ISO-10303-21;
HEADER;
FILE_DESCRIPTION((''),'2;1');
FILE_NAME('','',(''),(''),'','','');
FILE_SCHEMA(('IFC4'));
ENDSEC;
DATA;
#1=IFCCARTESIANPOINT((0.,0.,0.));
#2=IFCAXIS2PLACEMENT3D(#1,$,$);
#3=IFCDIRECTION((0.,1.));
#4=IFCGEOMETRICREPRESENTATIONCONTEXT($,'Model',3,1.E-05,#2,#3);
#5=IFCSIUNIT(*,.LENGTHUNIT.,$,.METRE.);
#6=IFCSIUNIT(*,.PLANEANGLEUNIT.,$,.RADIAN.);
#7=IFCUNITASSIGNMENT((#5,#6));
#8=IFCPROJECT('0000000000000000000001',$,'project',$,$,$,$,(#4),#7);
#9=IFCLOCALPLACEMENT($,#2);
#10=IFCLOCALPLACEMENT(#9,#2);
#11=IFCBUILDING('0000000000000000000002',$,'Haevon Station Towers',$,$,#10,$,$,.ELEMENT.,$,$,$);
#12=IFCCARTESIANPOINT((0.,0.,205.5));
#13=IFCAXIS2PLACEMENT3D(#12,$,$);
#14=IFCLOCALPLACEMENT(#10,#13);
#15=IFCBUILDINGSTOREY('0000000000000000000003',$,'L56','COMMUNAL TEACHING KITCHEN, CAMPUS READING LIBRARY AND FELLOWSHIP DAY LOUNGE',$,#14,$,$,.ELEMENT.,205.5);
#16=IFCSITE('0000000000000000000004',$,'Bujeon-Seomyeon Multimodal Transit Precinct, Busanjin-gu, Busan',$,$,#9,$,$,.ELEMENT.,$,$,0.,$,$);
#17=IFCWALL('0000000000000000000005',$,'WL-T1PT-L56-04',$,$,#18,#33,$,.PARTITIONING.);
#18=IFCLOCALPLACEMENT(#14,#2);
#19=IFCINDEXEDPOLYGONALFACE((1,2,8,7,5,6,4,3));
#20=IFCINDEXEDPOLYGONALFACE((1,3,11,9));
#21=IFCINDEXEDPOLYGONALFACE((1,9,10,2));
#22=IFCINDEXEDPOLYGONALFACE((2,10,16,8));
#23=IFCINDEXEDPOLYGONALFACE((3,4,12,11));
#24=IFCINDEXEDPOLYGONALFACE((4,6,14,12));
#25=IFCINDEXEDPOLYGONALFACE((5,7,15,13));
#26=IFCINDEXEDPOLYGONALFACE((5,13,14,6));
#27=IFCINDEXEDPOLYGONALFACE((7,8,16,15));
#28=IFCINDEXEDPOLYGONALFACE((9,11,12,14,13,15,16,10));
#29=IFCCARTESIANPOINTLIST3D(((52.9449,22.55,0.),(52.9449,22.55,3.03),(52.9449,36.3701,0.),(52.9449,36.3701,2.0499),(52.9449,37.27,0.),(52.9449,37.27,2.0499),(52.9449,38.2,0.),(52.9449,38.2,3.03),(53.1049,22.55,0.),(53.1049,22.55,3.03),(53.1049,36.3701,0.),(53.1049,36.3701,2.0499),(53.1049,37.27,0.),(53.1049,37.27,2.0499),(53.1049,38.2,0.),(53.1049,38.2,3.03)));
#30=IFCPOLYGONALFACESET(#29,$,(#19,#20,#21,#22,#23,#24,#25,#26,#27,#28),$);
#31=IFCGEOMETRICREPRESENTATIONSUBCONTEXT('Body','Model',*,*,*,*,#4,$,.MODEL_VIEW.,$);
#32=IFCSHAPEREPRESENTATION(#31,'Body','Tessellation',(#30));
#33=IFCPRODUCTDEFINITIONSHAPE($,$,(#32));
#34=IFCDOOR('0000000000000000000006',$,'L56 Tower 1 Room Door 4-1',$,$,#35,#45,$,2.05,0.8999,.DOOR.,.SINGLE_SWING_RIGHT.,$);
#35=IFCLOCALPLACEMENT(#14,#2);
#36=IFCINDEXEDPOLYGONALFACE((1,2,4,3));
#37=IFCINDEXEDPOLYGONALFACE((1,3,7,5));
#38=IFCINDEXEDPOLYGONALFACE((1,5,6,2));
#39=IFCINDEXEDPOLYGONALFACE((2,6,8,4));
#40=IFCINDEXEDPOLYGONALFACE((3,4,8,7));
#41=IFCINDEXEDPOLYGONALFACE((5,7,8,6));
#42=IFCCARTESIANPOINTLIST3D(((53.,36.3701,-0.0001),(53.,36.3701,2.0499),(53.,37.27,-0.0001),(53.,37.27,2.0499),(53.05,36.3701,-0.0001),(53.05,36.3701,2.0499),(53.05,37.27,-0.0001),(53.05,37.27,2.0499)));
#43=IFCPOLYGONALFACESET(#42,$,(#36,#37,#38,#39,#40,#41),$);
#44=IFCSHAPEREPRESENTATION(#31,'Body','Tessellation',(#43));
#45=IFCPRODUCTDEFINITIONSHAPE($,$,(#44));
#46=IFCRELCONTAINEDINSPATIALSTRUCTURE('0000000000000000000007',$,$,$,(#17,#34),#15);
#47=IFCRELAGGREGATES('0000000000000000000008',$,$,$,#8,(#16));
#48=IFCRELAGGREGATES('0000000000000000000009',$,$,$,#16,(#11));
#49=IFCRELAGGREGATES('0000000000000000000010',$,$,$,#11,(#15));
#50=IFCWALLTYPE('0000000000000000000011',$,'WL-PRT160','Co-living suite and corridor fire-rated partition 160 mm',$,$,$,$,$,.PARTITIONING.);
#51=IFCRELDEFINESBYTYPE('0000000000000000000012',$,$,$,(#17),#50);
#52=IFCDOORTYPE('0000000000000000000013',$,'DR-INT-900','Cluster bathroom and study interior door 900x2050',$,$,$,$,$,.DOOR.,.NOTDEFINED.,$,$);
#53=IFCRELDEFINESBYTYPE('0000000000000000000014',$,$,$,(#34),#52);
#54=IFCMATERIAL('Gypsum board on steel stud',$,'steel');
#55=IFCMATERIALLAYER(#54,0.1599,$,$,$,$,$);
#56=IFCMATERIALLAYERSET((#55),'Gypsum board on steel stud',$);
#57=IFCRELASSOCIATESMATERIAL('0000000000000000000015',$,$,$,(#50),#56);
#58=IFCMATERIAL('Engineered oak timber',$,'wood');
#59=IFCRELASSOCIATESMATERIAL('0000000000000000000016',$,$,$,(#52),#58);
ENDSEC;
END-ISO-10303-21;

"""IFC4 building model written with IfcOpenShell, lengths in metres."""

from ifc_helpers import new_model, si_unit, direction, frame, frame_2d, origin, place, context, subcontext, project, spatial, rectangle, extrude, material, layer, layer_set, type_object, element, fill, save


model = new_model("IFC4")

# Units and contexts
model_context = context("Model", 3, precision=1e-05, world=origin(), true_north=direction((0.0, 1.0)))
body_context = subcontext(model_context, "Body", "Model", "MODEL_VIEW")
ifc_project = project(units=[si_unit("LENGTHUNIT", "METRE"), si_unit("PLANEANGLEUNIT", "RADIAN")], contexts=[model_context])

# Site, building, storey
site_placement = place(None, origin())
site = spatial("IfcSite", under=ifc_project, at=site_placement, Name="Bujeon-Seomyeon Multimodal Transit Precinct, Busanjin-gu, Busan", CompositionType="ELEMENT", RefElevation=0.0)
building_placement = place(site_placement, origin())
building = spatial("IfcBuilding", under=site, at=building_placement, Name="Haevon Station Towers", CompositionType="ELEMENT")
storey_placement = place(building_placement, frame((0.0, 0.0, 205.5)))
storey = spatial("IfcBuildingStorey", under=building, at=storey_placement, Name="L56", Description="COMMUNAL TEACHING KITCHEN, CAMPUS READING LIBRARY AND FELLOWSHIP DAY LOUNGE", CompositionType="ELEMENT", Elevation=205.5)

# Shared definitions
ifc_material_1 = material(Name="Gypsum board on steel stud", Category="steel")
ifc_layer_1 = layer(ifc_material_1, 0.1599)
ifc_layer_set_1 = layer_set([ifc_layer_1], Name="Gypsum board on steel stud")
wall_type_1 = type_object("IfcWallType", Name="WL-PRT160", Description="Co-living suite and corridor fire-rated partition 160 mm", PredefinedType="PARTITIONING", material=ifc_layer_set_1)

# Wall, opening, door
wall_1_placement = place(storey_placement, frame((53.0249, 22.55, 0.0), z_axis=(0.0, 0.0, 1.0), x_axis=(0.0, 1.0, 0.0)))
wall_1 = element("IfcWall", 1, at=wall_1_placement, inside=storey, type_object=wall_type_1, Name="WL-T1PT-L56-04", PredefinedType="PARTITIONING", context=body_context, shape_type="SweptSolid", body=[
    extrude(rectangle(XDim=15.6499, YDim=0.1599, at=frame_2d((7.825, 0.0))), origin(), (0.0, 0.0, 1.0), 3.03),
])
opening_1_placement = place(wall_1_placement, frame((13.8201, 0.0, 0.0)))
opening_1 = element("IfcOpeningElement", 2, at=opening_1_placement, cuts=wall_1, PredefinedType="OPENING", context=body_context, shape_type="SweptSolid", body=[
    extrude(rectangle(XDim=0.8999, YDim=2.05, at=frame_2d((0.45, 1.0249))), frame((0.0, 0.0898, 0.0), z_axis=(0.0, -1.0, 0.0), x_axis=(1.0, 0.0, 0.0)), (0.0, 0.0, 1.0), 0.1799),
])
ifc_material_2 = material(Name="Engineered oak timber", Category="wood")
door_type = type_object("IfcDoorType", Name="DR-INT-900", Description="Cluster bathroom and study interior door 900x2050", OperationType="NOTDEFINED", PredefinedType="DOOR", material=ifc_material_2)
door_placement = place(opening_1_placement, origin())
door = element("IfcDoor", 3, at=door_placement, inside=storey, type_object=door_type, Name="L56 Tower 1 Room Door 4-1", OperationType="SINGLE_SWING_RIGHT", OverallHeight=2.05, OverallWidth=0.8999, PredefinedType="DOOR", context=body_context, shape_type="SweptSolid", body=[
    extrude(rectangle(XDim=0.8999, YDim=2.05, at=frame_2d((0.45, 1.0249))), frame((0.0, 0.0249, 0.0), z_axis=(0.0, -1.0, 0.0), x_axis=(1.0, 0.0, 0.0)), (0.0, 0.0, 1.0), 0.05),
])
fill(opening_1, door)

save(model, "model.ifc")
